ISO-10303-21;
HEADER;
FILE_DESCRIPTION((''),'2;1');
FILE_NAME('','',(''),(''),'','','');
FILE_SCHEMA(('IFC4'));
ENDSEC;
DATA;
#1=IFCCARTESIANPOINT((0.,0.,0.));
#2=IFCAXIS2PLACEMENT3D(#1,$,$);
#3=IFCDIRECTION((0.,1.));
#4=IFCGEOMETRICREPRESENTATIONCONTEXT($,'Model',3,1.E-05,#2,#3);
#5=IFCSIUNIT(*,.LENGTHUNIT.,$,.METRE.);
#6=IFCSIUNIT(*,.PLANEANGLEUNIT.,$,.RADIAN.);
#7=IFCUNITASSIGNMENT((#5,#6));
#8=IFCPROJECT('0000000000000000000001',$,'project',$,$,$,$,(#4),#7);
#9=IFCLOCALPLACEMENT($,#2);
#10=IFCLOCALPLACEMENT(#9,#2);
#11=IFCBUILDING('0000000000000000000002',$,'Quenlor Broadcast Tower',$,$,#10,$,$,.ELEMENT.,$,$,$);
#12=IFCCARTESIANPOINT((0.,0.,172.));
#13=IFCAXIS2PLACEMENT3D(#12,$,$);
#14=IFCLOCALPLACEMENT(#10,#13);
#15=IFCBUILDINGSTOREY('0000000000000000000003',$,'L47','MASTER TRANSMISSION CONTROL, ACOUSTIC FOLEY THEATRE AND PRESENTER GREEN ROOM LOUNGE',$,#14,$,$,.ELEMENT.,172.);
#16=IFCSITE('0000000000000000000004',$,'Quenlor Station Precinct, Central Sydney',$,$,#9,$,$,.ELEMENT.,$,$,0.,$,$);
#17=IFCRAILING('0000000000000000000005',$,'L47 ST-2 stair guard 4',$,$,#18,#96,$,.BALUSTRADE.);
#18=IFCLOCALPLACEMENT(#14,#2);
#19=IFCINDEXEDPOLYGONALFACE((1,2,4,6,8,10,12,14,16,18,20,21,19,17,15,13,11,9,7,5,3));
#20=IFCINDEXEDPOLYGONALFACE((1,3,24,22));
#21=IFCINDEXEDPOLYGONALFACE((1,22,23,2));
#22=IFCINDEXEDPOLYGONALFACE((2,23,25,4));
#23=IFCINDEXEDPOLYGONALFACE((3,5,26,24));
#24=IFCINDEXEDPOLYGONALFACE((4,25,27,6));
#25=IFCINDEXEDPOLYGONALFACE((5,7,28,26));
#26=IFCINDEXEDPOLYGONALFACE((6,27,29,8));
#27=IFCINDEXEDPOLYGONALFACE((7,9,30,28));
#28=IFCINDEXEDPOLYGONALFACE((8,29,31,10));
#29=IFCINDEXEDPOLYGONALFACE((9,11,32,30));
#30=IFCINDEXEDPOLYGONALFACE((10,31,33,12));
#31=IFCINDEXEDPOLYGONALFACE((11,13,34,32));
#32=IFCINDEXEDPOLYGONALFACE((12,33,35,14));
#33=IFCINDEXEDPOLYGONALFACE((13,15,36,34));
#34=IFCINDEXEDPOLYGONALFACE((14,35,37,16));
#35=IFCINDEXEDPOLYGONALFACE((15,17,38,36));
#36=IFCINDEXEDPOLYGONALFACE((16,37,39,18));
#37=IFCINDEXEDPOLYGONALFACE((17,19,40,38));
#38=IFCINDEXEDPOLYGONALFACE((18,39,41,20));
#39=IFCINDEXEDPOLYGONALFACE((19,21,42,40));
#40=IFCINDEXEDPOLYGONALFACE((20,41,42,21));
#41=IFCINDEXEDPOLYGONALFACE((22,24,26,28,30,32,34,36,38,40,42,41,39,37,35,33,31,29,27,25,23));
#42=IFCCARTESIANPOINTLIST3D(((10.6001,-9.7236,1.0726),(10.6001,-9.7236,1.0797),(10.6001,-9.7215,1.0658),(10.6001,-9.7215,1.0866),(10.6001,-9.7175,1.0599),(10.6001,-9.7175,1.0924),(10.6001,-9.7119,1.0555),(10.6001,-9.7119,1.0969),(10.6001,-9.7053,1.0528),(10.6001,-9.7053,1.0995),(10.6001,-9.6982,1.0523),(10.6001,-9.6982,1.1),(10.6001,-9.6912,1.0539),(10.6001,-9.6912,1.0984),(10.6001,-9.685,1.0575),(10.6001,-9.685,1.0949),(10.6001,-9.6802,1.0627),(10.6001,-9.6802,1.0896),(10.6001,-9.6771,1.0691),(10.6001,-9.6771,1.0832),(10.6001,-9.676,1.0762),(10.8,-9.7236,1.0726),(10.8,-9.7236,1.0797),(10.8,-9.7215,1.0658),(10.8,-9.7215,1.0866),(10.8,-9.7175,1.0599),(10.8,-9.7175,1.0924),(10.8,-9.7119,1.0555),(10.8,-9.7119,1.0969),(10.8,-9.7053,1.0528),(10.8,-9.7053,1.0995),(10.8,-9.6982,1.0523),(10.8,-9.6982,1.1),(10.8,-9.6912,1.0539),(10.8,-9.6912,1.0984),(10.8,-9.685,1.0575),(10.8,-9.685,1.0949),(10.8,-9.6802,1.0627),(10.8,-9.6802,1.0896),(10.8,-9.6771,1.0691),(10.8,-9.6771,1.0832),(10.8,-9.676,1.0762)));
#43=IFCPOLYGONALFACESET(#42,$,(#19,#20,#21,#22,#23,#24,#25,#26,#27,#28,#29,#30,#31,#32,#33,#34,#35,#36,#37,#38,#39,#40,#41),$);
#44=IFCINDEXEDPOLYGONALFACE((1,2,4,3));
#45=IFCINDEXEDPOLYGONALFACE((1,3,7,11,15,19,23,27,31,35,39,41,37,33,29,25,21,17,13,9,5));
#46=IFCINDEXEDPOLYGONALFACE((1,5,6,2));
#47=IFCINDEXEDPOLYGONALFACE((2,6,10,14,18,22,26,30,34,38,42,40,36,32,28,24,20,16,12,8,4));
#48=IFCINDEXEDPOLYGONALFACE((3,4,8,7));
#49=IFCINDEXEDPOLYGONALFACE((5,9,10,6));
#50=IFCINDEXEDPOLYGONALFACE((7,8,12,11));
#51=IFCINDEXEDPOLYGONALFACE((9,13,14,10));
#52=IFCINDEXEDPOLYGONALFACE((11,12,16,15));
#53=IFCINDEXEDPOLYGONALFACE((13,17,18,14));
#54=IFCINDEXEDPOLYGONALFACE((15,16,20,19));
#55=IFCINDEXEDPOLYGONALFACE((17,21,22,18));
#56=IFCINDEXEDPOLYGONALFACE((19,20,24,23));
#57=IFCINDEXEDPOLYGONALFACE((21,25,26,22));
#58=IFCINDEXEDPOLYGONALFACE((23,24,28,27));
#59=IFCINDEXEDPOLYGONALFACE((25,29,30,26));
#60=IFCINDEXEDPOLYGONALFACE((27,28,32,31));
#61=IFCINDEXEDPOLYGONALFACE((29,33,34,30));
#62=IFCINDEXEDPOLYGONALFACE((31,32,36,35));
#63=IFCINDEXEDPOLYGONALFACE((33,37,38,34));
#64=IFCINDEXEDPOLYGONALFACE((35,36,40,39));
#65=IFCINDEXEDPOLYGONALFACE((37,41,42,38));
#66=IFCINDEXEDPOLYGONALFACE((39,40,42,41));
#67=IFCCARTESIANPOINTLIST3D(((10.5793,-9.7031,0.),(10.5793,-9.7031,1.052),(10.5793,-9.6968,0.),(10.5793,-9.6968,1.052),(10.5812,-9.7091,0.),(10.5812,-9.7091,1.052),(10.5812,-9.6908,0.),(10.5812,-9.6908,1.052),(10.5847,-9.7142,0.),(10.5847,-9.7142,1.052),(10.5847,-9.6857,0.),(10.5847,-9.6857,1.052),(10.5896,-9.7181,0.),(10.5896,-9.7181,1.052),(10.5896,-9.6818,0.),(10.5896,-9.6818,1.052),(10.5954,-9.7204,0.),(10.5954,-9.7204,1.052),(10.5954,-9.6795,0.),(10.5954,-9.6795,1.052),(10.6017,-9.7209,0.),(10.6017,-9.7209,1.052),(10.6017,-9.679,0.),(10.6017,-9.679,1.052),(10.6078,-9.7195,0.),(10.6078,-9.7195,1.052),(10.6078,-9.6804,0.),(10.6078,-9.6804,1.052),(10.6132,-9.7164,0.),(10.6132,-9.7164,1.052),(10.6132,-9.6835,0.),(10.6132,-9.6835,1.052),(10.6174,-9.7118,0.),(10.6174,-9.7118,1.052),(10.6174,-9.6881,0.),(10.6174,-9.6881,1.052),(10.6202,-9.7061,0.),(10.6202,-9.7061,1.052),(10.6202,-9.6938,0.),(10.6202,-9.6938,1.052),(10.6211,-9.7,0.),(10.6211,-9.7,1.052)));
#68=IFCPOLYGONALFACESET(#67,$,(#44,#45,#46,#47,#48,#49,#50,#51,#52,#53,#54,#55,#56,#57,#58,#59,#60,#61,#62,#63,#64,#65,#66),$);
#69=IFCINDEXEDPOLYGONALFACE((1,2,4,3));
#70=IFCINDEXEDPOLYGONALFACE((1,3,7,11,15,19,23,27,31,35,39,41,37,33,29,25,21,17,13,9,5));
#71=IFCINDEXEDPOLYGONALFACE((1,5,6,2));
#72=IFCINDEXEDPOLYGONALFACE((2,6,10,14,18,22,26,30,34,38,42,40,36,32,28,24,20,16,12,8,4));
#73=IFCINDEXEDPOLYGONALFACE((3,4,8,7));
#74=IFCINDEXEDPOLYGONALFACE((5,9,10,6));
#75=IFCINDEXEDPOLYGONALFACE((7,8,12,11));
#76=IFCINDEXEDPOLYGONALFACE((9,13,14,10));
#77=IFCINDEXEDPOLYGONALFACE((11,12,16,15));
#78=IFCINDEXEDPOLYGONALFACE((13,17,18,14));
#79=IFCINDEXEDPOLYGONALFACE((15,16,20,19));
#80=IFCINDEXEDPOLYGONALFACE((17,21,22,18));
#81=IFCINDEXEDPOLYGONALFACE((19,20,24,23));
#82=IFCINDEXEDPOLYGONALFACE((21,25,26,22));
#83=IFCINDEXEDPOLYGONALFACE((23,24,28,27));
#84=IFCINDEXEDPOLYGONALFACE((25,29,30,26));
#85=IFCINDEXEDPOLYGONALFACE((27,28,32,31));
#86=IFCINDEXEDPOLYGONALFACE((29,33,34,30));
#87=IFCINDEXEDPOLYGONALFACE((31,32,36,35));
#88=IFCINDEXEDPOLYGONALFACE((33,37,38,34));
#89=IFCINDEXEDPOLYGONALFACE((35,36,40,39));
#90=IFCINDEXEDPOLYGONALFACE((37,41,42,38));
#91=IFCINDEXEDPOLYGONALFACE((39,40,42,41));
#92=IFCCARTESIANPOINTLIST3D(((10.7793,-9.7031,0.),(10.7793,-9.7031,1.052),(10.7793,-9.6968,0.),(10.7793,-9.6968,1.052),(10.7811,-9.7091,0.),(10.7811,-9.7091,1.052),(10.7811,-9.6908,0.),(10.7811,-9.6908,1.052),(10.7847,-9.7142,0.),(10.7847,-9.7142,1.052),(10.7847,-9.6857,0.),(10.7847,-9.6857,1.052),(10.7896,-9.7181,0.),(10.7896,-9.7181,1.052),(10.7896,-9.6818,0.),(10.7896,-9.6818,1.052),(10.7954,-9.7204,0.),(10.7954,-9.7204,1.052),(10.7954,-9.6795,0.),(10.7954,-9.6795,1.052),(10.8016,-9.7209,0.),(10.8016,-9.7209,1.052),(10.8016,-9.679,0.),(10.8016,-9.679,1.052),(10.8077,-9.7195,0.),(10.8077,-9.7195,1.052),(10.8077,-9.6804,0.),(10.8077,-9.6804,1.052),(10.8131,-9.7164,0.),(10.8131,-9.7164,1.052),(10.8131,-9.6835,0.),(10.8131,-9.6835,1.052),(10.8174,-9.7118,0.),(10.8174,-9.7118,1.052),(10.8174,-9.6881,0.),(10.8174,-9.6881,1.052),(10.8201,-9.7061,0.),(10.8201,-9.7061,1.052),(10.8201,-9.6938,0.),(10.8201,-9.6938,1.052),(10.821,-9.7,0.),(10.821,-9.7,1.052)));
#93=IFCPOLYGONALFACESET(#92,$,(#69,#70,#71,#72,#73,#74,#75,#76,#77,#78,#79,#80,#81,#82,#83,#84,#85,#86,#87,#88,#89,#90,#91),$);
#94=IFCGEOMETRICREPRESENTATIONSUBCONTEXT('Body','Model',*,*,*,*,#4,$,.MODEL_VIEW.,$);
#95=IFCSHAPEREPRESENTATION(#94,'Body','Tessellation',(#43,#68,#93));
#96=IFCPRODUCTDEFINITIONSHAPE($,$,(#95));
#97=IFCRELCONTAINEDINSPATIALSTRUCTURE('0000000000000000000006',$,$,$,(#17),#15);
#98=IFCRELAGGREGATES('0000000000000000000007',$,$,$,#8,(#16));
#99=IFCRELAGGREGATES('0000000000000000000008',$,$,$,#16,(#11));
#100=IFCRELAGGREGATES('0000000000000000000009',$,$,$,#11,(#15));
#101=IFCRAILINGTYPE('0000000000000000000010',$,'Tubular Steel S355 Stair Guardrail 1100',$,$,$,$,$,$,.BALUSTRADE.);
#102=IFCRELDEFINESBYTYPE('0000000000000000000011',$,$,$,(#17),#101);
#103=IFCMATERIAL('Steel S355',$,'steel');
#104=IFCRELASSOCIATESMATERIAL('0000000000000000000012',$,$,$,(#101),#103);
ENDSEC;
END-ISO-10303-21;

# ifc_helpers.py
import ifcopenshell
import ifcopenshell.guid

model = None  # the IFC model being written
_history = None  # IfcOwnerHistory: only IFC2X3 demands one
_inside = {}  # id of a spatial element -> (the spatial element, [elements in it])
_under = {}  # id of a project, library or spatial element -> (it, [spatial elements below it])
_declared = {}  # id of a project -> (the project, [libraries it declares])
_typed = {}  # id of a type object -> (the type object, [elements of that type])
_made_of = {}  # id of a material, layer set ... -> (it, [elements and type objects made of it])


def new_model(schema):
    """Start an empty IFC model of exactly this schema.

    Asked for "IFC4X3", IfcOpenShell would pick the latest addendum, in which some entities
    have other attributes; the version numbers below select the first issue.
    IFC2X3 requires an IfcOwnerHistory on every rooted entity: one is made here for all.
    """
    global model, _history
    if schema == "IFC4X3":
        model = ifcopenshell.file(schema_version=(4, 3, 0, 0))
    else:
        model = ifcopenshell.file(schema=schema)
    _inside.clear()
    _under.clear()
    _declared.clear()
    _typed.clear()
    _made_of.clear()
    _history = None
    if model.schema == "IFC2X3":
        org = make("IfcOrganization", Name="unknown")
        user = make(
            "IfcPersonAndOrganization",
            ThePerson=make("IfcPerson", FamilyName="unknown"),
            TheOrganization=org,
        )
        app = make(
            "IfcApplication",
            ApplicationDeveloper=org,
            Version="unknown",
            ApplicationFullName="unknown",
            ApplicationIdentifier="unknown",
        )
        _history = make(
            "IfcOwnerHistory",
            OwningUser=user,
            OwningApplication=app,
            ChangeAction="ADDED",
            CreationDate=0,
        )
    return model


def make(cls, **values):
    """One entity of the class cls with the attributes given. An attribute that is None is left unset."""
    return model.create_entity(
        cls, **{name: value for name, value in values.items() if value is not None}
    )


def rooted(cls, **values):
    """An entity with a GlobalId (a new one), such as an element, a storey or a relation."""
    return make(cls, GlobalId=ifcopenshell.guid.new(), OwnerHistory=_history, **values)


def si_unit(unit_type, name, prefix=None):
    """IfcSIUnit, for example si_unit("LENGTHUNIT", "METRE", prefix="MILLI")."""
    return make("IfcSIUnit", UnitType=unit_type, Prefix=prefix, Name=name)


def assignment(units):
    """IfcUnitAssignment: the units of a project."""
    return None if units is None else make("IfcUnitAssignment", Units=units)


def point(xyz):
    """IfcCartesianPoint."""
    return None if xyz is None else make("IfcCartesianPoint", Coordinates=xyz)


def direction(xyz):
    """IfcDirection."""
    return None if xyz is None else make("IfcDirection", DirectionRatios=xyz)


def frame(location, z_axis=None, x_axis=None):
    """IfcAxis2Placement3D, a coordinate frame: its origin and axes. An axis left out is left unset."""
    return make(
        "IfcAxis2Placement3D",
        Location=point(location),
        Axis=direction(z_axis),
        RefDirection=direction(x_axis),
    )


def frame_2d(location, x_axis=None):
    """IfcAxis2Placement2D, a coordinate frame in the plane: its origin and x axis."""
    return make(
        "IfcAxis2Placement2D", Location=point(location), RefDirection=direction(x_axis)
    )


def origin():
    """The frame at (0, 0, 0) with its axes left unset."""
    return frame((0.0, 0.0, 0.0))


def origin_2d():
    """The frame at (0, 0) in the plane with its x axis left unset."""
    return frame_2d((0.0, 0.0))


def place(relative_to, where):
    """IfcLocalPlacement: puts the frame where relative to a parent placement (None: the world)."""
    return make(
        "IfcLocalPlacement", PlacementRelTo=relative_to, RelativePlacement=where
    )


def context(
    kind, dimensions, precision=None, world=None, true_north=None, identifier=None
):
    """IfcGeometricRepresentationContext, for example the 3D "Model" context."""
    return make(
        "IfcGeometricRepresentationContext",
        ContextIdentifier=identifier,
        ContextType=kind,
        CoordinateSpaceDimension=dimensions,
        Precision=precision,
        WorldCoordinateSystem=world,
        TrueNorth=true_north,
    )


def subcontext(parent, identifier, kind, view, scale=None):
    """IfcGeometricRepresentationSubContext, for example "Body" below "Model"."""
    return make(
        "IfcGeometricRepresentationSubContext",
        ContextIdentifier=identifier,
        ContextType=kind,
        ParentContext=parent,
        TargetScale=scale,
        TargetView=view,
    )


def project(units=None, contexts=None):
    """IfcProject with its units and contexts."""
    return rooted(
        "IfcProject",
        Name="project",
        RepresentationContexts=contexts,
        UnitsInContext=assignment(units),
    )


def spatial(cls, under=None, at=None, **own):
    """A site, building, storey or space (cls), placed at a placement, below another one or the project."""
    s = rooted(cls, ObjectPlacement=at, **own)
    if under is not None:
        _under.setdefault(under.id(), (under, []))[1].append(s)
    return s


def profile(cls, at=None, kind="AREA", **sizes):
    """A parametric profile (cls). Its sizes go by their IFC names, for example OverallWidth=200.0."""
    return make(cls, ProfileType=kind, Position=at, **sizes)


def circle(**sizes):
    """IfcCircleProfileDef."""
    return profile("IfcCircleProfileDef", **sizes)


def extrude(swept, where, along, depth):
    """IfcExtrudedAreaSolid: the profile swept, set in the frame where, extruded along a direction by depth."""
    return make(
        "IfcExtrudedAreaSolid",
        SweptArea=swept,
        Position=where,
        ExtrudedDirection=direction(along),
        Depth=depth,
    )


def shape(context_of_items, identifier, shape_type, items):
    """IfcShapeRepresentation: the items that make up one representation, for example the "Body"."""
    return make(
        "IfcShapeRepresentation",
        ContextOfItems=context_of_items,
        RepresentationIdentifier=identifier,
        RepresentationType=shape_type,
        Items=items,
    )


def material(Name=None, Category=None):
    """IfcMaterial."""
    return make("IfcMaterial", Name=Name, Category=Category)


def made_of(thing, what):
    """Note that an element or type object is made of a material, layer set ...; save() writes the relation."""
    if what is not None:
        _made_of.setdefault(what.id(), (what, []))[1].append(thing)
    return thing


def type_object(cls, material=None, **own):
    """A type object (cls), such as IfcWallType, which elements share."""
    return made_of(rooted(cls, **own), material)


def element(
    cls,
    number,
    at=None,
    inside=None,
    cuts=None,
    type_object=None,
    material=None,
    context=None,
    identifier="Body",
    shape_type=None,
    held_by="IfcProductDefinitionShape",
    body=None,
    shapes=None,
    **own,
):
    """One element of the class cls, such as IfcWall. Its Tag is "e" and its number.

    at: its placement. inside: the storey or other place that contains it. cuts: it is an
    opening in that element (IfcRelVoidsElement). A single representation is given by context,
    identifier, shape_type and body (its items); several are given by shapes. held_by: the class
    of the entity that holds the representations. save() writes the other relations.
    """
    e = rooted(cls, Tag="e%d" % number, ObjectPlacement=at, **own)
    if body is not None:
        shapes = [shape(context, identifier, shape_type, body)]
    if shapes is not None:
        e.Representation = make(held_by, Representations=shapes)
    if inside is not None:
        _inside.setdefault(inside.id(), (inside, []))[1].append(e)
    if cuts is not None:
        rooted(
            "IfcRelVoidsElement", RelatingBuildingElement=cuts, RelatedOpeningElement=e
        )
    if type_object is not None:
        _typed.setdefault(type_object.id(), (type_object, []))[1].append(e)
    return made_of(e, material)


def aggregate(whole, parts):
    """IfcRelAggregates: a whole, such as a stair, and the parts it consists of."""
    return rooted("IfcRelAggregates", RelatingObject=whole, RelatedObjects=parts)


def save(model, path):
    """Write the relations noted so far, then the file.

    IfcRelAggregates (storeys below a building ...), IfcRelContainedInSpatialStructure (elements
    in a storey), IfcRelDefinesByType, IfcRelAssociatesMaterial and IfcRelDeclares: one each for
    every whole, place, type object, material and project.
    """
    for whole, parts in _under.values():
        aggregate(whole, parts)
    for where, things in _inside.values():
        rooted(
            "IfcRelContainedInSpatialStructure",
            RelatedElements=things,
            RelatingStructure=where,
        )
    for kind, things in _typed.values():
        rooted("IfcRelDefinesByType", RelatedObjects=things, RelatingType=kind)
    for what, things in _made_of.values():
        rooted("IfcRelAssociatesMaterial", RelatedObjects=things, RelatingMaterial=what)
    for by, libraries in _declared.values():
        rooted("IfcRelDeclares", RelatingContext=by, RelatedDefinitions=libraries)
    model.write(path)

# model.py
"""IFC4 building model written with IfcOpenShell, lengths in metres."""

from ifc_helpers import new_model, si_unit, direction, frame, origin, origin_2d, place, context, subcontext, project, spatial, circle, extrude, material, type_object, element, save


model = new_model("IFC4")

# Units and contexts
model_context = context("Model", 3, precision=1e-05, world=origin(), true_north=direction((0.0, 1.0)))
body_context = subcontext(model_context, "Body", "Model", "MODEL_VIEW")
ifc_project = project(units=[si_unit("LENGTHUNIT", "METRE"), si_unit("PLANEANGLEUNIT", "RADIAN")], contexts=[model_context])

# Site, building, storey
site_placement = place(None, origin())
site = spatial("IfcSite", under=ifc_project, at=site_placement, Name="Quenlor Station Precinct, Central Sydney", CompositionType="ELEMENT", RefElevation=0.0)
building_placement = place(site_placement, origin())
building = spatial("IfcBuilding", under=site, at=building_placement, Name="Quenlor Broadcast Tower", CompositionType="ELEMENT")
storey_placement = place(building_placement, frame((0.0, 0.0, 172.0)))
storey = spatial("IfcBuildingStorey", under=building, at=storey_placement, Name="L47", Description="MASTER TRANSMISSION CONTROL, ACOUSTIC FOLEY THEATRE AND PRESENTER GREEN ROOM LOUNGE", CompositionType="ELEMENT", Elevation=172.0)

# Railing
ifc_material_1 = material(Name="Steel S355", Category="steel")
railing_type = type_object("IfcRailingType", Name="Tubular Steel S355 Stair Guardrail 1100", PredefinedType="BALUSTRADE", material=ifc_material_1)
railing_1_placement = place(storey_placement, frame((10.6001, -9.7, 0.0)))
element("IfcRailing", 1, at=railing_1_placement, inside=storey, type_object=railing_type, Name="L47 ST-2 stair guard 4", PredefinedType="BALUSTRADE", context=body_context, shape_type="SweptSolid", body=[
    extrude(circle(Radius=0.0239, at=origin_2d()), frame((0.0, 0.0, 1.0762), z_axis=(1.0, 0.0, 0.0), x_axis=(0.0, 1.0, 0.0)), (0.0, 0.0, 1.0), 0.2),
    extrude(circle(Radius=0.021, at=origin_2d()), origin(), (0.0, 0.0, 1.0), 1.052),
    extrude(circle(Radius=0.021, at=origin_2d()), frame((0.2, 0.0, 0.0)), (0.0, 0.0, 1.0), 1.052),
])

save(model, "model.ifc")
